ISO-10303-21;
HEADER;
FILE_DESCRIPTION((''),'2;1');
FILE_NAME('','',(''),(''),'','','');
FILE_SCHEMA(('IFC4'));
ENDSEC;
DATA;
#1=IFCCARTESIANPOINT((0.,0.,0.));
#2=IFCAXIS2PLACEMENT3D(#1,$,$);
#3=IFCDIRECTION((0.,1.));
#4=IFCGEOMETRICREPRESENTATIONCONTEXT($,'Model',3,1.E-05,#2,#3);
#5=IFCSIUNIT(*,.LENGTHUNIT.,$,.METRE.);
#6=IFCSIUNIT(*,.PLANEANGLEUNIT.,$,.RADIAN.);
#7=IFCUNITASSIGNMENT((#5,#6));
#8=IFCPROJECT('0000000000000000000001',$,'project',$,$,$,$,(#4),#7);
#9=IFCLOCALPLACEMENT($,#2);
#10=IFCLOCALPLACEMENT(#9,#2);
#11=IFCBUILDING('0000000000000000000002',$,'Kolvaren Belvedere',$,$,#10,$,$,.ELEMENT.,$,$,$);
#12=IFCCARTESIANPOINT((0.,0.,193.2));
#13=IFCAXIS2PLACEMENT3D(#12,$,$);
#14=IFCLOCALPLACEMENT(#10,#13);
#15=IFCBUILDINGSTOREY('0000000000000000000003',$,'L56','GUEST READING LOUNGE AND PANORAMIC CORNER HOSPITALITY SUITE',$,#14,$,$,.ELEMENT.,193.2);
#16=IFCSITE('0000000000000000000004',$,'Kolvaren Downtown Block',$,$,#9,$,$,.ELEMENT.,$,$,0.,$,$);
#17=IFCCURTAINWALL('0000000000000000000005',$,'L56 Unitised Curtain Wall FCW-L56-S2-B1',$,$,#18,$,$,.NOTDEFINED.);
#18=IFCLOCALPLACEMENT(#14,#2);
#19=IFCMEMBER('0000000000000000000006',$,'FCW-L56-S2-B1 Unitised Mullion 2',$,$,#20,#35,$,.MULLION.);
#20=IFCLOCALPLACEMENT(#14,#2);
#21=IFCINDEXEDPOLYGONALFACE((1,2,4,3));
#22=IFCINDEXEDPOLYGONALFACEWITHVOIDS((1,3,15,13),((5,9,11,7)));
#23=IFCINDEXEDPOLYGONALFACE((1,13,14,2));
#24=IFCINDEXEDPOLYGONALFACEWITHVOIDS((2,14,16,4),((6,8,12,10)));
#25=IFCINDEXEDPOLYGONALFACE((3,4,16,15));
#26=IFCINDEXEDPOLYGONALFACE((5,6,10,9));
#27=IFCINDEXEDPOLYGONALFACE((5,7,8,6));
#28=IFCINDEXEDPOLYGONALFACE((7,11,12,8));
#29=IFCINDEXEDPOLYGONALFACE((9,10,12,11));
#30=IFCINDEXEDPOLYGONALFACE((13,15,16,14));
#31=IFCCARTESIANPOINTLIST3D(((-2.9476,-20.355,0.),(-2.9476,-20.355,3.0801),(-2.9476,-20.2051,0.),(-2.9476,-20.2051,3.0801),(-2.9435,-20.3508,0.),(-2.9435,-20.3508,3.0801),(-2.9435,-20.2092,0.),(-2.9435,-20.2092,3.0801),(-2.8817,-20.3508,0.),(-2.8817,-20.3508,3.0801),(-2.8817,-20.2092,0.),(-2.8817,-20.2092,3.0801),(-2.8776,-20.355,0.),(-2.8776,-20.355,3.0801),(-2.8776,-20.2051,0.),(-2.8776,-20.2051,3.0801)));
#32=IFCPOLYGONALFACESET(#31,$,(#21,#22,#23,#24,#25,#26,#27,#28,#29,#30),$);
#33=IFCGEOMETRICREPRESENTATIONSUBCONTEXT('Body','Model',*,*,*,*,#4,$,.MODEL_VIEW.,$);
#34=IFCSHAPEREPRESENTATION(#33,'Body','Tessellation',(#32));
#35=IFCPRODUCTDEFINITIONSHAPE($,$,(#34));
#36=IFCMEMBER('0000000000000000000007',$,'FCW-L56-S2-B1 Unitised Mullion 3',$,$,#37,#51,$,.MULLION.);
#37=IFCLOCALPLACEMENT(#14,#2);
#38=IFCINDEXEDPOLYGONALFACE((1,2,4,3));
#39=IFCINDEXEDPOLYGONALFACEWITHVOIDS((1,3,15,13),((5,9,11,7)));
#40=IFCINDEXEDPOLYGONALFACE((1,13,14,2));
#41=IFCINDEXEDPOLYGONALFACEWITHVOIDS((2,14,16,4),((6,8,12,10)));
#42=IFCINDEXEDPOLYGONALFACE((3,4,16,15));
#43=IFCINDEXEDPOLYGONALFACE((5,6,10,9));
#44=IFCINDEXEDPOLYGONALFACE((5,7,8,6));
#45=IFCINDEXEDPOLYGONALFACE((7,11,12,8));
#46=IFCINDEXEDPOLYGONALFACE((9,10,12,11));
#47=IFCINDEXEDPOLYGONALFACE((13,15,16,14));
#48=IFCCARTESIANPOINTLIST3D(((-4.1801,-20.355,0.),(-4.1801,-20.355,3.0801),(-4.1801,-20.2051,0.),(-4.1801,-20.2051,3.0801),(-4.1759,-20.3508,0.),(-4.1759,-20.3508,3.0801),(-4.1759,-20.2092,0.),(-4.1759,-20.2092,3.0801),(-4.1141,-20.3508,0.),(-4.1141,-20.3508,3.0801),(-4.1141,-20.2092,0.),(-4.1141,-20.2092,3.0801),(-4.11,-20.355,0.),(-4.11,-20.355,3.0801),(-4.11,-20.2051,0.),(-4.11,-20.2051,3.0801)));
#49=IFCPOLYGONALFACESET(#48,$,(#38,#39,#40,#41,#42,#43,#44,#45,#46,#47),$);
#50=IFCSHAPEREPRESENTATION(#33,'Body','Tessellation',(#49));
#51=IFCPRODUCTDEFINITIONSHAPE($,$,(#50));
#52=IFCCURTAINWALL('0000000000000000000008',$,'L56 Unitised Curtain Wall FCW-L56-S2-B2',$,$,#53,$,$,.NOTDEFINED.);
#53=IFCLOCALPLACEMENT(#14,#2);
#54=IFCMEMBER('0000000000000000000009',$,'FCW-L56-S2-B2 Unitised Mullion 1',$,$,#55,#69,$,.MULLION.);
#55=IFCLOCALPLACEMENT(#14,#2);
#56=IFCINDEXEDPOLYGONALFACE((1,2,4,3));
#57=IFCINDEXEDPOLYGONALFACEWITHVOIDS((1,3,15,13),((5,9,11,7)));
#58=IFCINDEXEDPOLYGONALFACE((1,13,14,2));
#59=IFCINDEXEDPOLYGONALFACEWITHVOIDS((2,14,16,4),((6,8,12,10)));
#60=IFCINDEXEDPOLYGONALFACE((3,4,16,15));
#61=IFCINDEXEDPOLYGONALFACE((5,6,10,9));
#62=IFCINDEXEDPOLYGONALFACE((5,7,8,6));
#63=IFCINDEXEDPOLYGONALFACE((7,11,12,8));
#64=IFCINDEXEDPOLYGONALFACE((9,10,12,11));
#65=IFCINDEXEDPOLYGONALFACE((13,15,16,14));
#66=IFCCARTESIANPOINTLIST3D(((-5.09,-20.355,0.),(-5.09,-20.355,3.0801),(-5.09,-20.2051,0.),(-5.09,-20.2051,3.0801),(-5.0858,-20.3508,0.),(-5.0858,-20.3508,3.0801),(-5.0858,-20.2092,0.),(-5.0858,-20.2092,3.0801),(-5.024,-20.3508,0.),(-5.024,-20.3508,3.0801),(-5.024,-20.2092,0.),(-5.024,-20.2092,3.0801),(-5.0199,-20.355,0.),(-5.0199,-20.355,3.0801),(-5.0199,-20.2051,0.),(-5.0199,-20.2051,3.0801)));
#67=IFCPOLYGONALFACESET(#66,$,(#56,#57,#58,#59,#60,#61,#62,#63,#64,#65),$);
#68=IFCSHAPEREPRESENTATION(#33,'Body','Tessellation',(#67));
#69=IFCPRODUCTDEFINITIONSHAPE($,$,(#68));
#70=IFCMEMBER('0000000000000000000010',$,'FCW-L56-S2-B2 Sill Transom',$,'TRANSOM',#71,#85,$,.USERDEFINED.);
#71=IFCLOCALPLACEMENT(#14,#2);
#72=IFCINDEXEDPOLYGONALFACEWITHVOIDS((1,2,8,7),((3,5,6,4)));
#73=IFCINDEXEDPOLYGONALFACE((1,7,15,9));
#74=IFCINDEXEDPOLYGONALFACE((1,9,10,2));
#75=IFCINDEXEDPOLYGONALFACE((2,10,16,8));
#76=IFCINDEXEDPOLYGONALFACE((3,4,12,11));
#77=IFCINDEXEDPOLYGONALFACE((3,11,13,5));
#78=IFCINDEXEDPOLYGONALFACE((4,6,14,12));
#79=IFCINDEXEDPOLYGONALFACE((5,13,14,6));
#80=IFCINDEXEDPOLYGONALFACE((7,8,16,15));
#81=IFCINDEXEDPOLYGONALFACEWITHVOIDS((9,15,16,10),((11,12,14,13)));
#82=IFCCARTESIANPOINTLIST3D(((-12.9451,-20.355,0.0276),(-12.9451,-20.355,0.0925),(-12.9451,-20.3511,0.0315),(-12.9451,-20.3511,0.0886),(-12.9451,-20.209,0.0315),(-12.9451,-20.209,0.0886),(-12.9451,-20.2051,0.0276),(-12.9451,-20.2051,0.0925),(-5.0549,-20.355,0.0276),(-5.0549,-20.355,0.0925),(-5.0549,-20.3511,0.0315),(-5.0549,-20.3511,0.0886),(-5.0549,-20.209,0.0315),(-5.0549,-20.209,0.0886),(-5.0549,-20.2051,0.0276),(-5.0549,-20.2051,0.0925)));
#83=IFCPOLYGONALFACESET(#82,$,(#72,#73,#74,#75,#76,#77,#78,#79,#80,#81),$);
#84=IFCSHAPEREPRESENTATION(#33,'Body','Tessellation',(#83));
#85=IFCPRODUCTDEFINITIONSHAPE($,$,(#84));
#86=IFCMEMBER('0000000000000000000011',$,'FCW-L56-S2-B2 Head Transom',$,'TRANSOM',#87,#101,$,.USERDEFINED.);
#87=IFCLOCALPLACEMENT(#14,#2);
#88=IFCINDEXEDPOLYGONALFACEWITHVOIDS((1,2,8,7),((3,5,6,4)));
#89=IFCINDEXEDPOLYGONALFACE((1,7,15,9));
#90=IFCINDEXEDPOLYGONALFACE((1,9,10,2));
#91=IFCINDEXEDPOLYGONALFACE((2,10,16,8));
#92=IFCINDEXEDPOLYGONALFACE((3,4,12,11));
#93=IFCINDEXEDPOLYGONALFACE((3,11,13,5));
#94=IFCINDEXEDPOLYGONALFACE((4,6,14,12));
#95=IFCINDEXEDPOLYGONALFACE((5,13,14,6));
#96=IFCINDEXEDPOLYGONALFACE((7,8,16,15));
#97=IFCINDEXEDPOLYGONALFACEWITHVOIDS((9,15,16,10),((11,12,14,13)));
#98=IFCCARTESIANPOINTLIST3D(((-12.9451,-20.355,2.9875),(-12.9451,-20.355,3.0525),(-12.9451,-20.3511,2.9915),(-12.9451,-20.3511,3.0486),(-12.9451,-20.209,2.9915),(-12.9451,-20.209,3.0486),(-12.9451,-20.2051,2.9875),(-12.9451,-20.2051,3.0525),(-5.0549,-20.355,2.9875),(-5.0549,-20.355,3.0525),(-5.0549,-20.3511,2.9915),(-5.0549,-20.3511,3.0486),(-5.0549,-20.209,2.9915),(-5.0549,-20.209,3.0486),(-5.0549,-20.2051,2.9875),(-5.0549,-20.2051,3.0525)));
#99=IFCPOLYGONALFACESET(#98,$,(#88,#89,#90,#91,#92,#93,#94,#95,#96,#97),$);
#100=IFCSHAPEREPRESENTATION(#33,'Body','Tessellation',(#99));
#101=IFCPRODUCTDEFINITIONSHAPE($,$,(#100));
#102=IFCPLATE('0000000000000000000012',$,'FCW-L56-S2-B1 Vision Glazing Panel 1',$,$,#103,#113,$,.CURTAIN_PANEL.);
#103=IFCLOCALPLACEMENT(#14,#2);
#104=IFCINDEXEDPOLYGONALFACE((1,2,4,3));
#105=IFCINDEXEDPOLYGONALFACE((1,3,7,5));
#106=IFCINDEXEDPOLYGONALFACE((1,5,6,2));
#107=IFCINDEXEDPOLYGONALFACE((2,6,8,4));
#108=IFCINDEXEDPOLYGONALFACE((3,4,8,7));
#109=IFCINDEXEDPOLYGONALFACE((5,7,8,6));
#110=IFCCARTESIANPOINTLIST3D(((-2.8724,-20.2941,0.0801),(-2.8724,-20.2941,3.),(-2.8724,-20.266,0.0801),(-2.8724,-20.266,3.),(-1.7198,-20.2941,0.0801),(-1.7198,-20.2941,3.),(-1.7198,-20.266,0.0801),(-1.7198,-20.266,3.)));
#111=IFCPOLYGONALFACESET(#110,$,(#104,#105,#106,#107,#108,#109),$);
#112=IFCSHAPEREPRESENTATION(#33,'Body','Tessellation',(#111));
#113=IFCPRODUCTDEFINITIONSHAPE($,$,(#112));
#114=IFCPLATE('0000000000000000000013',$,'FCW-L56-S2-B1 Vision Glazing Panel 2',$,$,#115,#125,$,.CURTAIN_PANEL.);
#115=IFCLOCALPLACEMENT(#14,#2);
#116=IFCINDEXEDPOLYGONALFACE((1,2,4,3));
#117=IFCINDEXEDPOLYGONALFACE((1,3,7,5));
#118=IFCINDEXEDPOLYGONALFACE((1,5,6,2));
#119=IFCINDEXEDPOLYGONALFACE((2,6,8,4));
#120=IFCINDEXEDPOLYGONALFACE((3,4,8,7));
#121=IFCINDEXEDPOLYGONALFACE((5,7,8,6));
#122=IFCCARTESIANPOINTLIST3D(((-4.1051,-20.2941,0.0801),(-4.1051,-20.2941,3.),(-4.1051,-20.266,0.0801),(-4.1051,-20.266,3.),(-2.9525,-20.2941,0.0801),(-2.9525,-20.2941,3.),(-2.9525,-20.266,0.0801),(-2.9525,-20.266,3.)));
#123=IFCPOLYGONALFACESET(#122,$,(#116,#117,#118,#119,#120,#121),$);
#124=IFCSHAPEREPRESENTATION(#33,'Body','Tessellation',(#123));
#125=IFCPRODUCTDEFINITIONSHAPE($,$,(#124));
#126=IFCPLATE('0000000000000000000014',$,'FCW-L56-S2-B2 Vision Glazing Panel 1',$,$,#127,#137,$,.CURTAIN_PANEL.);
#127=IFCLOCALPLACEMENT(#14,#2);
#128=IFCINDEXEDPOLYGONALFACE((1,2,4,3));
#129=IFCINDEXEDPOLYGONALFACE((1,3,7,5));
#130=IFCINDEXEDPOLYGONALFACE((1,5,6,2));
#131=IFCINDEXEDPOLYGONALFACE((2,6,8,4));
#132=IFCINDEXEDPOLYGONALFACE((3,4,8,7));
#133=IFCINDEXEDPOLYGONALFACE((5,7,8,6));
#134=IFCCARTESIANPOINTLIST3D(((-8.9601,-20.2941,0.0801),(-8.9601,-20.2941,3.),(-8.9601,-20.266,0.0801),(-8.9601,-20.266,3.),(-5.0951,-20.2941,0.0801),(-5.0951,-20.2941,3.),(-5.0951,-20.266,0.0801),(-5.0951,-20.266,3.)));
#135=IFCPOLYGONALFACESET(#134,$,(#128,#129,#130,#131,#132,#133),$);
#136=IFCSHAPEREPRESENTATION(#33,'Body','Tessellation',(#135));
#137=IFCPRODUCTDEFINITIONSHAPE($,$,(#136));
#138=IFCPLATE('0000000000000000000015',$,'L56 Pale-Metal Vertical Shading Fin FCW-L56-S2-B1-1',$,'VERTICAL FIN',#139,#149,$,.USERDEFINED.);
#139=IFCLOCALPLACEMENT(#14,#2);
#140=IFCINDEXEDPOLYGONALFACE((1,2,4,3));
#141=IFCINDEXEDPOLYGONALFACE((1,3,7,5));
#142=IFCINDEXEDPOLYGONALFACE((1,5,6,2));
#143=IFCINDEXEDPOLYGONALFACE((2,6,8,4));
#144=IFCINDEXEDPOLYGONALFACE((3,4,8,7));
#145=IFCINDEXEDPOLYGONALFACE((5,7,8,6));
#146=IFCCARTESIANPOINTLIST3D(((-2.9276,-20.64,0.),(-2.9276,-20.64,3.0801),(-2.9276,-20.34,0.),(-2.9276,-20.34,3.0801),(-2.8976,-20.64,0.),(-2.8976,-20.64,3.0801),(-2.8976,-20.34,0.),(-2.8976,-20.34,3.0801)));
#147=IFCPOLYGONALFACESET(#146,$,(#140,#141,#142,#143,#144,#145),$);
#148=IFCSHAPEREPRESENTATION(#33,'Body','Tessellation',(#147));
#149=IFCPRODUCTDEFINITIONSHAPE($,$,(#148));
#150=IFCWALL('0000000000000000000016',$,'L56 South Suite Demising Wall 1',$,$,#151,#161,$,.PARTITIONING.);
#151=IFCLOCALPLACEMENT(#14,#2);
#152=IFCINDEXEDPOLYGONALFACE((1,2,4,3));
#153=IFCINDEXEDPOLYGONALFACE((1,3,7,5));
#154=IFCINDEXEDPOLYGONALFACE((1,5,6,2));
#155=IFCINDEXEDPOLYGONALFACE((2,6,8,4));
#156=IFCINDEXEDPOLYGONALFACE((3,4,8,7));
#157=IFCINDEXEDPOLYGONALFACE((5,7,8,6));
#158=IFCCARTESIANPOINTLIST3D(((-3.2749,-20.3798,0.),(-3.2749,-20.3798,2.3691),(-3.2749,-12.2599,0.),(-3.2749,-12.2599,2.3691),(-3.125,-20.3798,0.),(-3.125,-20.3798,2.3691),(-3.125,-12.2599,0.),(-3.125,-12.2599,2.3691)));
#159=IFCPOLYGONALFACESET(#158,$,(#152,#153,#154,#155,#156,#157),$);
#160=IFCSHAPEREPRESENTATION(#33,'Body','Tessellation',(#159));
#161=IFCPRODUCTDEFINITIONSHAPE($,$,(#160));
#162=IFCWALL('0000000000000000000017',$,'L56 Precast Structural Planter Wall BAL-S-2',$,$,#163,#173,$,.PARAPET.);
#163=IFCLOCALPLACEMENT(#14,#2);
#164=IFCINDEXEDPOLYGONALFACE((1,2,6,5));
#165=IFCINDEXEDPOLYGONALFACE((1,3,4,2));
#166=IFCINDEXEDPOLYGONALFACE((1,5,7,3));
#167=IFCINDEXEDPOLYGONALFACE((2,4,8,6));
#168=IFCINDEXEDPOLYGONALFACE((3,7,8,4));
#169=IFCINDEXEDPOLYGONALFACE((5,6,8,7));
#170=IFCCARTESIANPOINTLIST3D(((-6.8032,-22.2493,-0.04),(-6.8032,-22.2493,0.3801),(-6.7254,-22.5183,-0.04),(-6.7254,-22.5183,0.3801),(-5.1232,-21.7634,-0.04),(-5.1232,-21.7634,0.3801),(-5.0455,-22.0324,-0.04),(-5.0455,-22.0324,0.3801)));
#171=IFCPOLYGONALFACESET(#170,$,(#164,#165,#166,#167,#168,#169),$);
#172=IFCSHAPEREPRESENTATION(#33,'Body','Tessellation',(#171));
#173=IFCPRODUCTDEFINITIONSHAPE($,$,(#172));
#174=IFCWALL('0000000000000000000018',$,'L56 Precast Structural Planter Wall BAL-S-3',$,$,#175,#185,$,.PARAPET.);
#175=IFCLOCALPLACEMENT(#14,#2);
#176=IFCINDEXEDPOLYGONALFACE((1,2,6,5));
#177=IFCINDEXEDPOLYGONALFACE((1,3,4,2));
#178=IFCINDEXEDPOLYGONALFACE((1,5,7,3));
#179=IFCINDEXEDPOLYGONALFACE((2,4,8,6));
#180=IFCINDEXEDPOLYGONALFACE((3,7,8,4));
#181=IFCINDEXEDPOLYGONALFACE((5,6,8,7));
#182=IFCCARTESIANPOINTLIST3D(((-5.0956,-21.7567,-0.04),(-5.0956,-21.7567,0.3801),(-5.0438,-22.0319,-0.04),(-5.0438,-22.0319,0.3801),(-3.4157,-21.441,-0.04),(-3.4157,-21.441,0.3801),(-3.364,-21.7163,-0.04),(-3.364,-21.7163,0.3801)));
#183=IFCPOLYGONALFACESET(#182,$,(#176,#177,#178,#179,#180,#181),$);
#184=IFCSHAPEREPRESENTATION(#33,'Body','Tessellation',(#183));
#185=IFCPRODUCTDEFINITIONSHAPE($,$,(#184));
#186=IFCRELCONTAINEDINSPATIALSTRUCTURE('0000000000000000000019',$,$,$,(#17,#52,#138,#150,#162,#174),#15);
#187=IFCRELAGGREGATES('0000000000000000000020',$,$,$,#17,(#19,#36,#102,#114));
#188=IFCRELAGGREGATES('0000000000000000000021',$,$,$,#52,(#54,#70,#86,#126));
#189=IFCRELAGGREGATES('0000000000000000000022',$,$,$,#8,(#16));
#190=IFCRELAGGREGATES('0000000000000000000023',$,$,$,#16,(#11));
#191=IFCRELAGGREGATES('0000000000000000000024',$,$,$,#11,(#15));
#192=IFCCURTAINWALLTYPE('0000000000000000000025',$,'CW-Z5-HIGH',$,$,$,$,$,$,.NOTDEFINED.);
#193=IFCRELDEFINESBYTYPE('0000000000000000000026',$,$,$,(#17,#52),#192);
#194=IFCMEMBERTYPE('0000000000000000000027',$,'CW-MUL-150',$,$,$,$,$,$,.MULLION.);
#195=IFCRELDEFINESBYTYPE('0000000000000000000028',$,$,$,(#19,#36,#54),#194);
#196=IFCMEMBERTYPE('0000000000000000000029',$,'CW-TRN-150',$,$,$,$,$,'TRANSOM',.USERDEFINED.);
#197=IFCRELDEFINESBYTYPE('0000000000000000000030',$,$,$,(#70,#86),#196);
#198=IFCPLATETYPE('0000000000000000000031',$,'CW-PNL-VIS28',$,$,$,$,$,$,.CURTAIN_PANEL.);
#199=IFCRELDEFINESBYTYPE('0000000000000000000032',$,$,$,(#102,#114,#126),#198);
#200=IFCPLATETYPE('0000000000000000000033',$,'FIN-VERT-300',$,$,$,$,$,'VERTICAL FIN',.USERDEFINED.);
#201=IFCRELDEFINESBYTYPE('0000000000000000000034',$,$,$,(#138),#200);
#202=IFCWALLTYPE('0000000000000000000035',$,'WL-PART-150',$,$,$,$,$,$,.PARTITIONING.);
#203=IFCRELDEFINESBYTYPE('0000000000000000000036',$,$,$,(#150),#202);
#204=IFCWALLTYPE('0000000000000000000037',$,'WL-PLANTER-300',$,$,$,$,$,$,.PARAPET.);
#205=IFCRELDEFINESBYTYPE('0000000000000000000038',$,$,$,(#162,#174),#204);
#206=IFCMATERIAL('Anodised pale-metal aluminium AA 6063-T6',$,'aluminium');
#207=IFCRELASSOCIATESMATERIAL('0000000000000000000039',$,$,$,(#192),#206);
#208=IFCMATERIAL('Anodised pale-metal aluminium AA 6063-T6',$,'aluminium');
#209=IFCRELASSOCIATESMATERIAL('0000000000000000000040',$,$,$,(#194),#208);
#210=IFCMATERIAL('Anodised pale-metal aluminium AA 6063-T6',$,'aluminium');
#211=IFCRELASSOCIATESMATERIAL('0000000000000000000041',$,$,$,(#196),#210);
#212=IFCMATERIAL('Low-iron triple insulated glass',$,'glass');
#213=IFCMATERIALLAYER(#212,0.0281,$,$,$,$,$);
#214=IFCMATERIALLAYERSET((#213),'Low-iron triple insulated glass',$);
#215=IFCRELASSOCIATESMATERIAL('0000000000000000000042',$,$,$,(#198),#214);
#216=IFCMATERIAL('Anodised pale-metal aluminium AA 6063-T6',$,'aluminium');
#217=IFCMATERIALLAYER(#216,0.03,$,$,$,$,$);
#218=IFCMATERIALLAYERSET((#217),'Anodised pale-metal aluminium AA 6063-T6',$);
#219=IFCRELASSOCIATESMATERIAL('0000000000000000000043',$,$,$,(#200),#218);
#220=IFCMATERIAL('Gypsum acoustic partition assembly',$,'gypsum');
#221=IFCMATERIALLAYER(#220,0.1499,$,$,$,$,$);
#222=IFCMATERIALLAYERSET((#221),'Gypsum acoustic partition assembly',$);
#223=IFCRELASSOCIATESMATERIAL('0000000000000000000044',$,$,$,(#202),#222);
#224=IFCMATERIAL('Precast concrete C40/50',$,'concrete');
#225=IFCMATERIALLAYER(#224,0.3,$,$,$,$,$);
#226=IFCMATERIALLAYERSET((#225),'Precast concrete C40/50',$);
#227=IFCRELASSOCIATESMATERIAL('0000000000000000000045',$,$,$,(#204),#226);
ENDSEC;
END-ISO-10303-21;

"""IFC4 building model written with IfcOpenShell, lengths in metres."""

from ifc_helpers import new_model, si_unit, direction, frame, frame_2d, origin, origin_2d, place, context, subcontext, project, spatial, rectangle, hollow_rectangle, extrude, material, layer, layer_set, material_profile, profile_set, type_object, element, aggregate, save


model = new_model("IFC4")

# Units and contexts
model_context = context("Model", 3, precision=1e-05, world=origin(), true_north=direction((0.0, 1.0)))
body_context = subcontext(model_context, "Body", "Model", "MODEL_VIEW")
ifc_project = project(units=[si_unit("LENGTHUNIT", "METRE"), si_unit("PLANEANGLEUNIT", "RADIAN")], contexts=[model_context])

# Site, building, storey
site_placement = place(None, origin())
site = spatial("IfcSite", under=ifc_project, at=site_placement, Name="Kolvaren Downtown Block", CompositionType="ELEMENT", RefElevation=0.0)
building_placement = place(site_placement, origin())
building = spatial("IfcBuilding", under=site, at=building_placement, Name="Kolvaren Belvedere", CompositionType="ELEMENT")
storey_placement = place(building_placement, frame((0.0, 0.0, 193.2)))
storey = spatial("IfcBuildingStorey", under=building, at=storey_placement, Name="L56", Description="GUEST READING LOUNGE AND PANORAMIC CORNER HOSPITALITY SUITE", CompositionType="ELEMENT", Elevation=193.2)

# Curtain walls, members
ifc_material_1 = material(Name="Anodised pale-metal aluminium AA 6063-T6", Category="aluminium")
curtain_wall_type = type_object("IfcCurtainWallType", Name="CW-Z5-HIGH", PredefinedType="NOTDEFINED", material=ifc_material_1)
curtain_wall_1_placement = place(storey_placement, origin())
curtain_wall_1 = element("IfcCurtainWall", 1, at=curtain_wall_1_placement, inside=storey, type_object=curtain_wall_type, Name="L56 Unitised Curtain Wall FCW-L56-S2-B1", PredefinedType="NOTDEFINED")
ifc_material_2 = material(Name="Anodised pale-metal aluminium AA 6063-T6", Category="aluminium")
ifc_material_profile_1 = material_profile(ifc_material_2, hollow_rectangle(XDim=0.0701, YDim=0.1499, WallThickness=0.0042, at=origin_2d()), Name="ALU-MUL-150X70")
ifc_profile_set_1 = profile_set([ifc_material_profile_1], Name="Anodised pale-metal aluminium AA 6063-T6")
member_type_1 = type_object("IfcMemberType", Name="CW-MUL-150", PredefinedType="MULLION", material=ifc_profile_set_1)
member_1_placement = place(storey_placement, frame((-2.9126, -20.28, 0.0), z_axis=(0.0, 0.0, 1.0), x_axis=(1.0, 0.0, 0.0)))
member_1 = element("IfcMember", 2, at=member_1_placement, type_object=member_type_1, Name="FCW-L56-S2-B1 Unitised Mullion 2", PredefinedType="MULLION", context=body_context, shape_type="SweptSolid", body=[
    extrude(hollow_rectangle(XDim=0.0701, YDim=0.1499, WallThickness=0.0042, at=origin_2d()), origin(), (0.0, 0.0, 1.0), 3.0801),
])
member_2_placement = place(storey_placement, frame((-4.145, -20.28, 0.0), z_axis=(0.0, 0.0, 1.0), x_axis=(1.0, 0.0, 0.0)))
member_2 = element("IfcMember", 3, at=member_2_placement, type_object=member_type_1, Name="FCW-L56-S2-B1 Unitised Mullion 3", PredefinedType="MULLION", context=body_context, shape_type="SweptSolid", body=[
    extrude(hollow_rectangle(XDim=0.0701, YDim=0.1499, WallThickness=0.0042, at=origin_2d()), origin(), (0.0, 0.0, 1.0), 3.0801),
])
curtain_wall_2_placement = place(storey_placement, origin())
curtain_wall_2 = element("IfcCurtainWall", 4, at=curtain_wall_2_placement, inside=storey, type_object=curtain_wall_type, Name="L56 Unitised Curtain Wall FCW-L56-S2-B2", PredefinedType="NOTDEFINED")
member_3_placement = place(storey_placement, frame((-5.0549, -20.28, 0.0), z_axis=(0.0, 0.0, 1.0), x_axis=(1.0, 0.0, 0.0)))
member_3 = element("IfcMember", 5, at=member_3_placement, type_object=member_type_1, Name="FCW-L56-S2-B2 Unitised Mullion 1", PredefinedType="MULLION", context=body_context, shape_type="SweptSolid", body=[
    extrude(hollow_rectangle(XDim=0.0701, YDim=0.1499, WallThickness=0.0042, at=origin_2d()), origin(), (0.0, 0.0, 1.0), 3.0801),
])
ifc_material_3 = material(Name="Anodised pale-metal aluminium AA 6063-T6", Category="aluminium")
ifc_material_profile_2 = material_profile(ifc_material_3, hollow_rectangle(XDim=0.0649, YDim=0.1499, WallThickness=0.0039, at=origin_2d()), Name="ALU-TRN-150X65")
ifc_profile_set_2 = profile_set([ifc_material_profile_2], Name="Anodised pale-metal aluminium AA 6063-T6")
member_type_2 = type_object("IfcMemberType", Name="CW-TRN-150", ElementType="TRANSOM", PredefinedType="USERDEFINED", material=ifc_profile_set_2)
member_4_placement = place(storey_placement, frame((-5.0549, -20.28, 0.0601), z_axis=(-1.0, 0.0, 0.0), x_axis=(0.0, 0.0, 1.0)))
member_4 = element("IfcMember", 6, at=member_4_placement, type_object=member_type_2, Name="FCW-L56-S2-B2 Sill Transom", ObjectType="TRANSOM", PredefinedType="USERDEFINED", context=body_context, shape_type="SweptSolid", body=[
    extrude(hollow_rectangle(XDim=0.0649, YDim=0.1499, WallThickness=0.0039, at=origin_2d()), origin(), (0.0, 0.0, 1.0), 7.8901),
])
member_5_placement = place(storey_placement, frame((-5.0549, -20.28, 3.02), z_axis=(-1.0, 0.0, 0.0), x_axis=(0.0, 0.0, 1.0)))
member_5 = element("IfcMember", 7, at=member_5_placement, type_object=member_type_2, Name="FCW-L56-S2-B2 Head Transom", ObjectType="TRANSOM", PredefinedType="USERDEFINED", context=body_context, shape_type="SweptSolid", body=[
    extrude(hollow_rectangle(XDim=0.0649, YDim=0.1499, WallThickness=0.0039, at=origin_2d()), origin(), (0.0, 0.0, 1.0), 7.8901),
])

# Plates
ifc_material_4 = material(Name="Low-iron triple insulated glass", Category="glass")
ifc_layer_1 = layer(ifc_material_4, 0.0281)
ifc_layer_set_1 = layer_set([ifc_layer_1], Name="Low-iron triple insulated glass")
plate_type_1 = type_object("IfcPlateType", Name="CW-PNL-VIS28", PredefinedType="CURTAIN_PANEL", material=ifc_layer_set_1)
plate_1_placement = place(storey_placement, frame((-2.2961, -20.28, 0.0801), z_axis=(0.0, 0.0, 1.0), x_axis=(-1.0, 0.0, 0.0)))
plate_1 = element("IfcPlate", 8, at=plate_1_placement, type_object=plate_type_1, Name="FCW-L56-S2-B1 Vision Glazing Panel 1", PredefinedType="CURTAIN_PANEL", context=body_context, shape_type="SweptSolid", body=[
    extrude(rectangle(XDim=1.1526, YDim=0.0281, at=origin_2d()), origin(), (0.0, 0.0, 1.0), 2.9199),
])
plate_2_placement = place(storey_placement, frame((-3.5288, -20.28, 0.0801), z_axis=(0.0, 0.0, 1.0), x_axis=(-1.0, 0.0, 0.0)))
plate_2 = element("IfcPlate", 9, at=plate_2_placement, type_object=plate_type_1, Name="FCW-L56-S2-B1 Vision Glazing Panel 2", PredefinedType="CURTAIN_PANEL", context=body_context, shape_type="SweptSolid", body=[
    extrude(rectangle(XDim=1.1526, YDim=0.0281, at=origin_2d()), origin(), (0.0, 0.0, 1.0), 2.9199),
])
aggregate(curtain_wall_1, [member_1, member_2, plate_1, plate_2])
plate_3_placement = place(storey_placement, frame((-7.0276, -20.28, 0.0801), z_axis=(0.0, 0.0, 1.0), x_axis=(-1.0, 0.0, 0.0)))
plate_3 = element("IfcPlate", 10, at=plate_3_placement, type_object=plate_type_1, Name="FCW-L56-S2-B2 Vision Glazing Panel 1", PredefinedType="CURTAIN_PANEL", context=body_context, shape_type="SweptSolid", body=[
    extrude(rectangle(XDim=3.865, YDim=0.0281, at=origin_2d()), origin(), (0.0, 0.0, 1.0), 2.9199),
])
aggregate(curtain_wall_2, [member_3, member_4, member_5, plate_3])
ifc_material_5 = material(Name="Anodised pale-metal aluminium AA 6063-T6", Category="aluminium")
ifc_layer_2 = layer(ifc_material_5, 0.03)
ifc_layer_set_2 = layer_set([ifc_layer_2], Name="Anodised pale-metal aluminium AA 6063-T6")
plate_type_2 = type_object("IfcPlateType", Name="FIN-VERT-300", ElementType="VERTICAL FIN", PredefinedType="USERDEFINED", material=ifc_layer_set_2)
plate_4_placement = place(storey_placement, frame((-2.9126, -20.49, 0.0), z_axis=(0.0, 0.0, 1.0), x_axis=(0.0, 1.0, 0.0)))
element("IfcPlate", 11, at=plate_4_placement, inside=storey, type_object=plate_type_2, Name="L56 Pale-Metal Vertical Shading Fin FCW-L56-S2-B1-1", ObjectType="VERTICAL FIN", PredefinedType="USERDEFINED", context=body_context, shape_type="SweptSolid", body=[
    extrude(rectangle(XDim=0.3, YDim=0.03, at=origin_2d()), origin(), (0.0, 0.0, 1.0), 3.0801),
])

# Walls
ifc_material_6 = material(Name="Gypsum acoustic partition assembly", Category="gypsum")
ifc_layer_3 = layer(ifc_material_6, 0.1499)
ifc_layer_set_3 = layer_set([ifc_layer_3], Name="Gypsum acoustic partition assembly")
wall_type_1 = type_object("IfcWallType", Name="WL-PART-150", PredefinedType="PARTITIONING", material=ifc_layer_set_3)
wall_1_placement = place(storey_placement, frame((-3.2, -20.3799, 0.0), z_axis=(0.0, 0.0, 1.0), x_axis=(0.0, 1.0, 0.0)))
element("IfcWall", 12, at=wall_1_placement, inside=storey, type_object=wall_type_1, Name="L56 South Suite Demising Wall 1", PredefinedType="PARTITIONING", context=body_context, shape_type="SweptSolid", body=[
    extrude(rectangle(XDim=8.1199, YDim=0.1499, at=frame_2d((4.0601, 0.0))), origin(), (0.0, 0.0, 1.0), 2.3691),
])
ifc_material_7 = material(Name="Precast concrete C40/50", Category="concrete")
ifc_layer_4 = layer(ifc_material_7, 0.3)
ifc_layer_set_4 = layer_set([ifc_layer_4], Name="Precast concrete C40/50")
wall_type_2 = type_object("IfcWallType", Name="WL-PLANTER-300", PredefinedType="PARAPET", material=ifc_layer_set_4)
wall_2_placement = place(storey_placement, frame((-6.7644, -22.3838, -0.04), z_axis=(0.0, 0.0, 1.0), x_axis=(0.960634, 0.277817, 0.0)))
element("IfcWall", 13, at=wall_2_placement, inside=storey, type_object=wall_type_2, Name="L56 Precast Structural Planter Wall BAL-S-2", PredefinedType="PARAPET", context=body_context, shape_type="SweptSolid", body=[
    extrude(rectangle(XDim=1.7488, YDim=0.28, at=frame_2d((0.8745, 0.0))), origin(), (0.0, 0.0, 1.0), 0.4202),
])
wall_3_placement = place(storey_placement, frame((-5.0696, -21.8943, -0.04), z_axis=(0.0, 0.0, 1.0), x_axis=(0.982799, 0.184677, 0.0)))
element("IfcWall", 14, at=wall_3_placement, inside=storey, type_object=wall_type_2, Name="L56 Precast Structural Planter Wall BAL-S-3", PredefinedType="PARAPET", context=body_context, shape_type="SweptSolid", body=[
    extrude(rectangle(XDim=1.7092, YDim=0.28, at=frame_2d((0.8545, 0.0))), origin(), (0.0, 0.0, 1.0), 0.4202),
])

save(model, "model.ifc")
